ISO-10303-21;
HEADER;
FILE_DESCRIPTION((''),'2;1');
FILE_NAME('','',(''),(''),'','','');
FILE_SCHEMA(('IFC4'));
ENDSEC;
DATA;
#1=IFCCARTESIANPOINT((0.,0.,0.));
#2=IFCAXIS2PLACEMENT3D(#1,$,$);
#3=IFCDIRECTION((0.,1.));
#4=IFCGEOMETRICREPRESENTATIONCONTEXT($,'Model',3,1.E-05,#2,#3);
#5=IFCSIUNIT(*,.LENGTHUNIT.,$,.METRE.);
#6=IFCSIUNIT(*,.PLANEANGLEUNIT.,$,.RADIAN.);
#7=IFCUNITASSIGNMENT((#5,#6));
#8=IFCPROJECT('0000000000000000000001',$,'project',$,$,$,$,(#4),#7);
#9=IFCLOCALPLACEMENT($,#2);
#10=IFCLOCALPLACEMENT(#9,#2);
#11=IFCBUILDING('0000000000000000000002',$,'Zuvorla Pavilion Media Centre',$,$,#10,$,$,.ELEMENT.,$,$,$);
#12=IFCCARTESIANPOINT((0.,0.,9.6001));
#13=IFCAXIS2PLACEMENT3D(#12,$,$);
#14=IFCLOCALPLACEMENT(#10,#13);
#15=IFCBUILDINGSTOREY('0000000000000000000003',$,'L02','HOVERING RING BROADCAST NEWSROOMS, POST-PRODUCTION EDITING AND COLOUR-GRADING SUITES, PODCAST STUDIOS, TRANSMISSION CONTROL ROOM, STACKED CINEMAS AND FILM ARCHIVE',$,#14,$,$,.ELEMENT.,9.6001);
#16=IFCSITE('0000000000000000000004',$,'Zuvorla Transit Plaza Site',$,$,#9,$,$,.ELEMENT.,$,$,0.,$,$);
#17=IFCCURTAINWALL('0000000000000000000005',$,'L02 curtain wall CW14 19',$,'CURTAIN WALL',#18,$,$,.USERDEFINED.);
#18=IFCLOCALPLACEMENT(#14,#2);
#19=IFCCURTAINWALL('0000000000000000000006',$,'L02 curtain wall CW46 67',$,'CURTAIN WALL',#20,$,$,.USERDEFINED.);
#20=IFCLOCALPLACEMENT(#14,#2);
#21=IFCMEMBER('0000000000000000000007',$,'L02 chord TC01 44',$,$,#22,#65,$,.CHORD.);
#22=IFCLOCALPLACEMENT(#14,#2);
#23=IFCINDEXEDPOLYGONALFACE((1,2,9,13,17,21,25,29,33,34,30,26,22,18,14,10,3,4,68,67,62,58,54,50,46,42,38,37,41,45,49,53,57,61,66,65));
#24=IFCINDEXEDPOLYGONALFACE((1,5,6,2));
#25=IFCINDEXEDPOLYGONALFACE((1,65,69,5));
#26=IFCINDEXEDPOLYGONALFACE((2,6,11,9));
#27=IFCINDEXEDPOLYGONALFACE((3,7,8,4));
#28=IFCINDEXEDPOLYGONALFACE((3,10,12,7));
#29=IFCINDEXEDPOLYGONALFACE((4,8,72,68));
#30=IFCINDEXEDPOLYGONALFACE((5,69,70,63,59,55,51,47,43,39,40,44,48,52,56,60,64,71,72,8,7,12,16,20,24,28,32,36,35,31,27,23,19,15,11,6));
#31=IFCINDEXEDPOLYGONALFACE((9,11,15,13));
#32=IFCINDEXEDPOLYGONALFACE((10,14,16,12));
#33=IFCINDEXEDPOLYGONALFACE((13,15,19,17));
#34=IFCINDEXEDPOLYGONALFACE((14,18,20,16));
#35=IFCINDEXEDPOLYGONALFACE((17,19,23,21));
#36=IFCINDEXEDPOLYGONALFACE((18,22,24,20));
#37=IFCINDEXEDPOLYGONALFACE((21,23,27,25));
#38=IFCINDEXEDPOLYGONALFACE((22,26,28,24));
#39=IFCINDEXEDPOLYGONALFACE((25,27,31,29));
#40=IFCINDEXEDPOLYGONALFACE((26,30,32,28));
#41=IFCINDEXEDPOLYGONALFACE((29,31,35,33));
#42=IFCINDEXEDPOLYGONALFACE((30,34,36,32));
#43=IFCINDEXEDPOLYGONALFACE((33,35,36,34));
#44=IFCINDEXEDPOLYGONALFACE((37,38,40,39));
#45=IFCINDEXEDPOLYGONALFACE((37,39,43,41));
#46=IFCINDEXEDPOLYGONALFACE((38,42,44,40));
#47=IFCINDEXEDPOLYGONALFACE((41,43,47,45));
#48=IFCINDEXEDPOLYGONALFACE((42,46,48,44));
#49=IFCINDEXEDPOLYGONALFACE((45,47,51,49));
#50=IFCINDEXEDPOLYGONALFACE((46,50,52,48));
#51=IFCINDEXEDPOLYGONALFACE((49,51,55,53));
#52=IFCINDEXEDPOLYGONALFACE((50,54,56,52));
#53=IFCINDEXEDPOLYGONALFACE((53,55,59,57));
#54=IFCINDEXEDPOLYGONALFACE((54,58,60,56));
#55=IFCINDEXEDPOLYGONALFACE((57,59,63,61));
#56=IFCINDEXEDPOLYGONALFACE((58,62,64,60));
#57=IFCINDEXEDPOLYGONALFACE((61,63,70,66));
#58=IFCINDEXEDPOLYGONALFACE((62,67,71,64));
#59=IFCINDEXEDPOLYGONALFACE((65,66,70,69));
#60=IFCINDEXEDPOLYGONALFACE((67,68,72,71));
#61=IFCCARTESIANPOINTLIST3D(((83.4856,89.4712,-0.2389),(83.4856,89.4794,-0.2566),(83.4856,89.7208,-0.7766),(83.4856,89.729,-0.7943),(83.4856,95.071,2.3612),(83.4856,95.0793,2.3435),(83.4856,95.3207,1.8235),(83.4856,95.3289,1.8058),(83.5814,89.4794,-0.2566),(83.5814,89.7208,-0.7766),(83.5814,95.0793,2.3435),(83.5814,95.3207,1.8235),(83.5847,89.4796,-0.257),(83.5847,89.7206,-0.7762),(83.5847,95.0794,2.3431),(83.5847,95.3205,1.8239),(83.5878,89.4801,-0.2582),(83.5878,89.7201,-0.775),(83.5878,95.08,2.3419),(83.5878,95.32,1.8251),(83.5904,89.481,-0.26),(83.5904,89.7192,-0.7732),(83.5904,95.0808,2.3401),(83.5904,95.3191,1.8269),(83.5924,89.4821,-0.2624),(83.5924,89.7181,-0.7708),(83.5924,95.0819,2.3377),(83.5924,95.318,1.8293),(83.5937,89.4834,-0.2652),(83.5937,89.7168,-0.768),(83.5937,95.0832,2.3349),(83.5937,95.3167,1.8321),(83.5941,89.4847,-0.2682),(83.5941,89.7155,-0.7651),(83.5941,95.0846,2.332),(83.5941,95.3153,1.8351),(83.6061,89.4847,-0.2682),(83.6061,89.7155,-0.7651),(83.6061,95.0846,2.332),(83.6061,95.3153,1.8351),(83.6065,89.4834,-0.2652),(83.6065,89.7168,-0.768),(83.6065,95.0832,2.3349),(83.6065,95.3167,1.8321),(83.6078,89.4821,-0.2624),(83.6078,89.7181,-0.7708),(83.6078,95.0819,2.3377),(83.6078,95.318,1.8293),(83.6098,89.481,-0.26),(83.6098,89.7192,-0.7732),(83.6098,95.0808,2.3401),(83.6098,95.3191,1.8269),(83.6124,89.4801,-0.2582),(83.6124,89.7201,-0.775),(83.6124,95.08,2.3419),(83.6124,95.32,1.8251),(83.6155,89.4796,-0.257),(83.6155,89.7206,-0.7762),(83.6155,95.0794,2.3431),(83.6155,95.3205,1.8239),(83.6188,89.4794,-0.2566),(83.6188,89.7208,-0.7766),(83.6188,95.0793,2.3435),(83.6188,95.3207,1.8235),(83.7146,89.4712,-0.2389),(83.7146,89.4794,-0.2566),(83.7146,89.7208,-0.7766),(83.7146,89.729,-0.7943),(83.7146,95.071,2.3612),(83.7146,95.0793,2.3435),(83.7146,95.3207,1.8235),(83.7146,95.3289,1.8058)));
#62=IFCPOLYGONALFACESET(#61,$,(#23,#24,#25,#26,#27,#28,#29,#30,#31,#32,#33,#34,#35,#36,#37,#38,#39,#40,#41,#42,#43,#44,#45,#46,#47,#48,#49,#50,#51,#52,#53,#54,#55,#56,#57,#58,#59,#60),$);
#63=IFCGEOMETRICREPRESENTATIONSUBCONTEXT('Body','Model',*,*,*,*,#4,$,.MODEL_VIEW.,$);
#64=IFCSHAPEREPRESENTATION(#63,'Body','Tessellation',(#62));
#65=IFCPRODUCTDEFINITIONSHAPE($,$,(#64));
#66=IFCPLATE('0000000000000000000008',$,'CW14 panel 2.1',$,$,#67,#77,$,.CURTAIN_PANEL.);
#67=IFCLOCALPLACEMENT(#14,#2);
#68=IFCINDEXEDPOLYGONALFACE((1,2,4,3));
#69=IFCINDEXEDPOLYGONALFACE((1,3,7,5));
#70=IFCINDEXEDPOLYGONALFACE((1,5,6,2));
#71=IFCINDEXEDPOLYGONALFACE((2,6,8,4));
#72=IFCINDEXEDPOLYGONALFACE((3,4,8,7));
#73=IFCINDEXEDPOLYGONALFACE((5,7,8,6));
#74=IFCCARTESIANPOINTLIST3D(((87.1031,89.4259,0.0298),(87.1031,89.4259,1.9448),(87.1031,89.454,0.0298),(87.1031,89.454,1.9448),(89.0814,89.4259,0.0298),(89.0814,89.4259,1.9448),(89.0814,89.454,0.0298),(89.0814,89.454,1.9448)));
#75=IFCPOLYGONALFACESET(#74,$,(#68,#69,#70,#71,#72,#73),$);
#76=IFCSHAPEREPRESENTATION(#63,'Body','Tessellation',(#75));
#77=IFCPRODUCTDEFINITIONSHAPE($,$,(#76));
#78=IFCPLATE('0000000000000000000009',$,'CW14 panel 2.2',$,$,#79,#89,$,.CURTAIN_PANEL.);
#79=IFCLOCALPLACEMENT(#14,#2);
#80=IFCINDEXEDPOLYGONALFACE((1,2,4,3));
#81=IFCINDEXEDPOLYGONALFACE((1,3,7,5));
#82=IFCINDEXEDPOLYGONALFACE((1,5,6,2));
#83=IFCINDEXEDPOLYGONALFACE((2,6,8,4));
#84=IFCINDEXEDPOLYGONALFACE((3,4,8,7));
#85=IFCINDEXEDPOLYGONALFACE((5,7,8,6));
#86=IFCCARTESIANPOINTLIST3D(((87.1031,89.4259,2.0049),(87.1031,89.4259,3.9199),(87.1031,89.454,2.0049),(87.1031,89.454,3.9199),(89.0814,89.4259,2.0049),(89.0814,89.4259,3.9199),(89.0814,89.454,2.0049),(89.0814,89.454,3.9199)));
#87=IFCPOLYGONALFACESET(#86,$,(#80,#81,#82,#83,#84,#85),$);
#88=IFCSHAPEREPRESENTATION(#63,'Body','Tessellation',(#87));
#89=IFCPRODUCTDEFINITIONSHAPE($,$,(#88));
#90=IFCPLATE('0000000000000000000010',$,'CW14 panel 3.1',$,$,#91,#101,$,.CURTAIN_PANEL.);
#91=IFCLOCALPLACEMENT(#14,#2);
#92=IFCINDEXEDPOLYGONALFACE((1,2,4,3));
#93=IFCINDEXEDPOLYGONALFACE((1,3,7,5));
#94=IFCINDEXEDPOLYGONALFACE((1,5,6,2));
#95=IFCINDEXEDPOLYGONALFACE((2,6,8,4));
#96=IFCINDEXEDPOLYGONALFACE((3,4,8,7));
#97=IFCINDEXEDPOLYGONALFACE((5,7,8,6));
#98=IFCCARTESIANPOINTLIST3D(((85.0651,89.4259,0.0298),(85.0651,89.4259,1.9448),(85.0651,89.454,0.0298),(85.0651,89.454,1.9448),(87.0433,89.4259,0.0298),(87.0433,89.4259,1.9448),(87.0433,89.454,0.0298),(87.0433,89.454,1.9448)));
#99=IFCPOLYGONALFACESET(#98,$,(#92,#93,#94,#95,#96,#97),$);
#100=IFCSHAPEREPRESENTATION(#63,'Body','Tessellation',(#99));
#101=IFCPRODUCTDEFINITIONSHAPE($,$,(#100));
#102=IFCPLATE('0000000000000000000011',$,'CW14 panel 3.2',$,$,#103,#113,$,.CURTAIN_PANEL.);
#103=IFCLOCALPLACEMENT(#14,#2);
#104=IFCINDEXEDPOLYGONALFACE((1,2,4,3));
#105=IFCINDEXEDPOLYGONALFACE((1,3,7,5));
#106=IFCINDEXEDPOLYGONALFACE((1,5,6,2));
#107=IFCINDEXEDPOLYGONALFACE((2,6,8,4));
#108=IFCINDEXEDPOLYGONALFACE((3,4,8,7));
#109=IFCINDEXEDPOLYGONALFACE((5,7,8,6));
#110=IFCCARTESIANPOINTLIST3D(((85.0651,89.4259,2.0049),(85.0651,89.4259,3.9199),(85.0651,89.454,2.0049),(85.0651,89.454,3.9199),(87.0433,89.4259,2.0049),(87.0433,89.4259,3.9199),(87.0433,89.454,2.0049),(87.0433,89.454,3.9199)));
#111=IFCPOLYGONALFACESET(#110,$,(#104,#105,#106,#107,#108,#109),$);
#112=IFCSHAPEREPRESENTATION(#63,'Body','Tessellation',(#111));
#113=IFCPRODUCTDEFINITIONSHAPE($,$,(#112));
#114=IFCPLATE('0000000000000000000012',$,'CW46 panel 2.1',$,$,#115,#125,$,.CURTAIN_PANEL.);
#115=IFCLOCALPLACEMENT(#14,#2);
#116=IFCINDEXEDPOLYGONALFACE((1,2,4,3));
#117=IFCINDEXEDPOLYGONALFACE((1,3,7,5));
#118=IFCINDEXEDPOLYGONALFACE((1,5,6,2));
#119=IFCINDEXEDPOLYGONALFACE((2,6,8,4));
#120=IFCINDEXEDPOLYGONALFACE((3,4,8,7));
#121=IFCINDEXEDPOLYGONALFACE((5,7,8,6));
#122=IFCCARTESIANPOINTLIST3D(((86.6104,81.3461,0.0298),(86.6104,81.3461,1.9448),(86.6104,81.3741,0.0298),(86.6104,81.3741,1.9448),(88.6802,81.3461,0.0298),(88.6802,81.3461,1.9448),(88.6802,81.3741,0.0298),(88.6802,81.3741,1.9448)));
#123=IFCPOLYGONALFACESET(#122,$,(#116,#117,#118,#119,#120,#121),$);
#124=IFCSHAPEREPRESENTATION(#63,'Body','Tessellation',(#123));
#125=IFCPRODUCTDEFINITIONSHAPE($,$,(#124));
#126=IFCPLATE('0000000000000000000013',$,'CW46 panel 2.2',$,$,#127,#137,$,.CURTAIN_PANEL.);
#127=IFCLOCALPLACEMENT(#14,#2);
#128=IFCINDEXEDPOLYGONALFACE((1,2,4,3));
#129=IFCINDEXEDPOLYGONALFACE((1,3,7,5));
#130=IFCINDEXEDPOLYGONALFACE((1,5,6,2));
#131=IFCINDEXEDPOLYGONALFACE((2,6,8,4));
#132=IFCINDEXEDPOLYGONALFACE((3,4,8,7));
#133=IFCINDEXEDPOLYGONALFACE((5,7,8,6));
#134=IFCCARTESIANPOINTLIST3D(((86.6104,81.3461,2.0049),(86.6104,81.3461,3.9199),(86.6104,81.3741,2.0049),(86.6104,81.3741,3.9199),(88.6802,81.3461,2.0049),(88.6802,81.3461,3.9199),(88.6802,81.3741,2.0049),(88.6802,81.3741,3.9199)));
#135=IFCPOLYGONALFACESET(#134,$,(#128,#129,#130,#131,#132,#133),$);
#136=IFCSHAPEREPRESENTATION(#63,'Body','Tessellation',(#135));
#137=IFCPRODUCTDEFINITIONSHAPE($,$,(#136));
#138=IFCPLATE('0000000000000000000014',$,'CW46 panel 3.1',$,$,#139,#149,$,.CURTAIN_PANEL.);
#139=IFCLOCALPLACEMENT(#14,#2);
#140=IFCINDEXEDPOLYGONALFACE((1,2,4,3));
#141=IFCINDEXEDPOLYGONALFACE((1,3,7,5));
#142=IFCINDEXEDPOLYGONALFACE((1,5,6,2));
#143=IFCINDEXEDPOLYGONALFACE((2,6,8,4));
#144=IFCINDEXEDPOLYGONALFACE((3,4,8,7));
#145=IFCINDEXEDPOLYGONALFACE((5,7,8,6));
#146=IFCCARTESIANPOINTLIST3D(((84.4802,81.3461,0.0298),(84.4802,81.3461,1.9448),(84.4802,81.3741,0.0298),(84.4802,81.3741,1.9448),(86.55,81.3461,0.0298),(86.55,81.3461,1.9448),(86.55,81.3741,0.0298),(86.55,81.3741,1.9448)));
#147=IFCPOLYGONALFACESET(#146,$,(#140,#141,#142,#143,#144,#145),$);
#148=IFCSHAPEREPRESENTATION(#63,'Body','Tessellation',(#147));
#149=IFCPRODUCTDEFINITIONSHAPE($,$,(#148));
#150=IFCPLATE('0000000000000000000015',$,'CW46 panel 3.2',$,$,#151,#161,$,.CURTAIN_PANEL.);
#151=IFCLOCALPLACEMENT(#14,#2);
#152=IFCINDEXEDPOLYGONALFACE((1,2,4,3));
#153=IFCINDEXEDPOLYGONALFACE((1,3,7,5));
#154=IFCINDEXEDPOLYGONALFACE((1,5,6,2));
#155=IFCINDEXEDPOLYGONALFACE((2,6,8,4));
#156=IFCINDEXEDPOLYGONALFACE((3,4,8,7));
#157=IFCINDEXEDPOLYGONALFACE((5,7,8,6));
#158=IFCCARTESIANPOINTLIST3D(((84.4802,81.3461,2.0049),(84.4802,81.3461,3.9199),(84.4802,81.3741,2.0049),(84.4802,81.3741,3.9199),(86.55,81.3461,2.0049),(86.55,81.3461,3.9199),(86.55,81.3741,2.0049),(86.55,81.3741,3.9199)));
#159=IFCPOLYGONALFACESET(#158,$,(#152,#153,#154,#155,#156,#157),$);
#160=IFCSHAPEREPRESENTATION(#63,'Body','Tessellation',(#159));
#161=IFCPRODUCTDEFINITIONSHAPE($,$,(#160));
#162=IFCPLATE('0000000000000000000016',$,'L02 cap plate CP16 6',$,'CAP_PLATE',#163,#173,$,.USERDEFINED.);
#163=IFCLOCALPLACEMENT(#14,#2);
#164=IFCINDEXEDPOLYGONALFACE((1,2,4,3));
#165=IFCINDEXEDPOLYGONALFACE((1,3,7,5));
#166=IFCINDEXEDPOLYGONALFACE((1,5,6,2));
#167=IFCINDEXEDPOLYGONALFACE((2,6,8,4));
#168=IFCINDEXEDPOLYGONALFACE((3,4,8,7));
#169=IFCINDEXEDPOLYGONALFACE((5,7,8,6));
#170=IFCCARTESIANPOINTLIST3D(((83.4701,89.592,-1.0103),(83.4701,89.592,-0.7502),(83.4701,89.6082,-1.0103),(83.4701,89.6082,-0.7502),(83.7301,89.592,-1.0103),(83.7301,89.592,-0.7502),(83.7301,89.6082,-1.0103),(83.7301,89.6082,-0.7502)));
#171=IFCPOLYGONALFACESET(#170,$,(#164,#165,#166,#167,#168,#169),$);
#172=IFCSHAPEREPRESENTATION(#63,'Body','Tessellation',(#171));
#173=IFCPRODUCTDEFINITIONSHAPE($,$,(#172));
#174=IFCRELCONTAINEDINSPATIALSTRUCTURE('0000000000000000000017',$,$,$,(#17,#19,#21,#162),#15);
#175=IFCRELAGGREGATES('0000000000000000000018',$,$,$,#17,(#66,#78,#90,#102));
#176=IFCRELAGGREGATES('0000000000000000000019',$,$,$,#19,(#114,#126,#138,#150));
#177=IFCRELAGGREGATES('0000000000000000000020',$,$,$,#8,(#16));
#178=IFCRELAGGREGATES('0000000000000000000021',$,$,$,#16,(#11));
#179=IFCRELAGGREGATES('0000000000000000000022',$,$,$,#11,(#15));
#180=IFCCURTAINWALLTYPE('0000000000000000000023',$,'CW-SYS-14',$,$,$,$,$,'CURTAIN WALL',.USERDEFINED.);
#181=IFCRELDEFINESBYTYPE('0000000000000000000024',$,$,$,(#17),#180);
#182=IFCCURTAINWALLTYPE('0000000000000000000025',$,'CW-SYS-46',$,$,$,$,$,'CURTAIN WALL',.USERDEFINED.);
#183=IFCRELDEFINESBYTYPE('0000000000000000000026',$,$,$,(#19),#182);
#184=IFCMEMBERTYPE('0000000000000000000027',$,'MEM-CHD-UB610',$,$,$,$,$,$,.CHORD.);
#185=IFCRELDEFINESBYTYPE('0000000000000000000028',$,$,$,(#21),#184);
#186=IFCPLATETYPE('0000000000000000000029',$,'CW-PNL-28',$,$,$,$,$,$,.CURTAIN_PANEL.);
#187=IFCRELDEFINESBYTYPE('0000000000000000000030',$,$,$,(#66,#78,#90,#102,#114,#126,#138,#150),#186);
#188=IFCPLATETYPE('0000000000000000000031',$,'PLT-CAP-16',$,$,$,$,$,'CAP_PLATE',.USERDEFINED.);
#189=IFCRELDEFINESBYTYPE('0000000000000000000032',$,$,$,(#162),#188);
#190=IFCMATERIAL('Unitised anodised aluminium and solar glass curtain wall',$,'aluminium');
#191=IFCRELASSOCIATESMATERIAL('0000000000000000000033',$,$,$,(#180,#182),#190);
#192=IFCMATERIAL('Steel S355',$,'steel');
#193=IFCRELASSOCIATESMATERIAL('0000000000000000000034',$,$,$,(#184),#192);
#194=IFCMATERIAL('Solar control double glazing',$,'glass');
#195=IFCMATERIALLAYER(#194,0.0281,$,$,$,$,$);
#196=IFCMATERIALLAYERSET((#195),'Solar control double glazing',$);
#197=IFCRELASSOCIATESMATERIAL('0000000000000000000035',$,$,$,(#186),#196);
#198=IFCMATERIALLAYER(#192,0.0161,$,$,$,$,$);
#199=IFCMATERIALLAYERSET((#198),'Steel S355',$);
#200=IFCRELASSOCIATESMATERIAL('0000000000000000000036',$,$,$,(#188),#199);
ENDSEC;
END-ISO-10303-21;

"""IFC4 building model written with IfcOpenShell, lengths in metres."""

from ifc_helpers import new_model, si_unit, direction, frame, origin, origin_2d, place, context, subcontext, project, spatial, rectangle, i_section, extrude, material, layer, layer_set, material_profile, profile_set, type_object, element, aggregate, save


model = new_model("IFC4")

# Units and contexts
model_context = context("Model", 3, precision=1e-05, world=origin(), true_north=direction((0.0, 1.0)))
body_context = subcontext(model_context, "Body", "Model", "MODEL_VIEW")
ifc_project = project(units=[si_unit("LENGTHUNIT", "METRE"), si_unit("PLANEANGLEUNIT", "RADIAN")], contexts=[model_context])

# Site, building, storey
site_placement = place(None, origin())
site = spatial("IfcSite", under=ifc_project, at=site_placement, Name="Zuvorla Transit Plaza Site", CompositionType="ELEMENT", RefElevation=0.0)
building_placement = place(site_placement, origin())
building = spatial("IfcBuilding", under=site, at=building_placement, Name="Zuvorla Pavilion Media Centre", CompositionType="ELEMENT")
storey_placement = place(building_placement, frame((0.0, 0.0, 9.6001)))
storey = spatial("IfcBuildingStorey", under=building, at=storey_placement, Name="L02", Description="HOVERING RING BROADCAST NEWSROOMS, POST-PRODUCTION EDITING AND COLOUR-GRADING SUITES, PODCAST STUDIOS, TRANSMISSION CONTROL ROOM, STACKED CINEMAS AND FILM ARCHIVE", CompositionType="ELEMENT", Elevation=9.6001)

# Shared definitions
ifc_material_1 = material(Name="Steel S355", Category="steel")

# Curtain walls
ifc_material_2 = material(Name="Unitised anodised aluminium and solar glass curtain wall", Category="aluminium")
curtain_wall_type_1 = type_object("IfcCurtainWallType", Name="CW-SYS-14", ElementType="CURTAIN WALL", PredefinedType="USERDEFINED", material=ifc_material_2)
curtain_wall_1_placement = place(storey_placement, origin())
curtain_wall_1 = element("IfcCurtainWall", 1, at=curtain_wall_1_placement, inside=storey, type_object=curtain_wall_type_1, Name="L02 curtain wall CW14 19", ObjectType="CURTAIN WALL", PredefinedType="USERDEFINED")
curtain_wall_type_2 = type_object("IfcCurtainWallType", Name="CW-SYS-46", ElementType="CURTAIN WALL", PredefinedType="USERDEFINED", material=ifc_material_2)
curtain_wall_2_placement = place(storey_placement, origin())
curtain_wall_2 = element("IfcCurtainWall", 2, at=curtain_wall_2_placement, inside=storey, type_object=curtain_wall_type_2, Name="L02 curtain wall CW46 67", ObjectType="CURTAIN WALL", PredefinedType="USERDEFINED")

# Member
ifc_material_profile_1 = material_profile(ifc_material_1, i_section(OverallWidth=0.229, OverallDepth=0.6123, WebThickness=0.012, FlangeThickness=0.0195, FilletRadius=0.0127, at=origin_2d()), Name="UB 610x229x125")
ifc_profile_set_1 = profile_set([ifc_material_profile_1], Name="Steel S355")
member_type_1 = type_object("IfcMemberType", Name="MEM-CHD-UB610", PredefinedType="CHORD", material=ifc_profile_set_1)
member_1_placement = place(storey_placement, frame((83.6001, 89.6001, -0.5166), z_axis=(0.0, 0.906999, 0.421133), x_axis=(-1.0, 0.0, 0.0)))
element("IfcMember", 3, at=member_1_placement, inside=storey, type_object=member_type_1, Name="L02 chord TC01 44", PredefinedType="CHORD", context=body_context, shape_type="SweptSolid", body=[
    extrude(i_section(OverallWidth=0.229, OverallDepth=0.6123, WebThickness=0.012, FlangeThickness=0.0195, FilletRadius=0.0127, at=origin_2d()), origin(), (0.0, 0.0, 1.0), 6.1741),
])

# Plates
ifc_material_3 = material(Name="Solar control double glazing", Category="glass")
ifc_layer_1 = layer(ifc_material_3, 0.0281)
ifc_layer_set_1 = layer_set([ifc_layer_1], Name="Solar control double glazing")
plate_type_1 = type_object("IfcPlateType", Name="CW-PNL-28", PredefinedType="CURTAIN_PANEL", material=ifc_layer_set_1)
plate_1_placement = place(storey_placement, frame((88.0923, 89.4399, 0.0298), z_axis=(0.0, 0.0, 1.0), x_axis=(-1.0, 0.0, 0.0)))
plate_1 = element("IfcPlate", 4, at=plate_1_placement, type_object=plate_type_1, Name="CW14 panel 2.1", PredefinedType="CURTAIN_PANEL", context=body_context, shape_type="SweptSolid", body=[
    extrude(rectangle(XDim=1.9783, YDim=0.0281, at=origin_2d()), origin(), (0.0, 0.0, 1.0), 1.915),
])
plate_2_placement = place(storey_placement, frame((88.0923, 89.4399, 2.0049), z_axis=(0.0, 0.0, 1.0), x_axis=(-1.0, 0.0, 0.0)))
plate_2 = element("IfcPlate", 5, at=plate_2_placement, type_object=plate_type_1, Name="CW14 panel 2.2", PredefinedType="CURTAIN_PANEL", context=body_context, shape_type="SweptSolid", body=[
    extrude(rectangle(XDim=1.9783, YDim=0.0281, at=origin_2d()), origin(), (0.0, 0.0, 1.0), 1.915),
])
plate_3_placement = place(storey_placement, frame((86.0542, 89.4399, 0.0298), z_axis=(0.0, 0.0, 1.0), x_axis=(-1.0, 0.0, 0.0)))
plate_3 = element("IfcPlate", 6, at=plate_3_placement, type_object=plate_type_1, Name="CW14 panel 3.1", PredefinedType="CURTAIN_PANEL", context=body_context, shape_type="SweptSolid", body=[
    extrude(rectangle(XDim=1.9783, YDim=0.0281, at=origin_2d()), origin(), (0.0, 0.0, 1.0), 1.915),
])
plate_4_placement = place(storey_placement, frame((86.0542, 89.4399, 2.0049), z_axis=(0.0, 0.0, 1.0), x_axis=(-1.0, 0.0, 0.0)))
plate_4 = element("IfcPlate", 7, at=plate_4_placement, type_object=plate_type_1, Name="CW14 panel 3.2", PredefinedType="CURTAIN_PANEL", context=body_context, shape_type="SweptSolid", body=[
    extrude(rectangle(XDim=1.9783, YDim=0.0281, at=origin_2d()), origin(), (0.0, 0.0, 1.0), 1.915),
])
aggregate(curtain_wall_1, [plate_1, plate_2, plate_3, plate_4])
plate_5_placement = place(storey_placement, frame((87.6453, 81.3601, 0.0298), z_axis=(0.0, 0.0, 1.0), x_axis=(-1.0, 0.0, 0.0)))
plate_5 = element("IfcPlate", 8, at=plate_5_placement, type_object=plate_type_1, Name="CW46 panel 2.1", PredefinedType="CURTAIN_PANEL", context=body_context, shape_type="SweptSolid", body=[
    extrude(rectangle(XDim=2.0698, YDim=0.0281, at=origin_2d()), origin(), (0.0, 0.0, 1.0), 1.915),
])
plate_6_placement = place(storey_placement, frame((87.6453, 81.3601, 2.0049), z_axis=(0.0, 0.0, 1.0), x_axis=(-1.0, 0.0, 0.0)))
plate_6 = element("IfcPlate", 9, at=plate_6_placement, type_object=plate_type_1, Name="CW46 panel 2.2", PredefinedType="CURTAIN_PANEL", context=body_context, shape_type="SweptSolid", body=[
    extrude(rectangle(XDim=2.0698, YDim=0.0281, at=origin_2d()), origin(), (0.0, 0.0, 1.0), 1.915),
])
plate_7_placement = place(storey_placement, frame((85.5151, 81.3601, 0.0298), z_axis=(0.0, 0.0, 1.0), x_axis=(-1.0, 0.0, 0.0)))
plate_7 = element("IfcPlate", 10, at=plate_7_placement, type_object=plate_type_1, Name="CW46 panel 3.1", PredefinedType="CURTAIN_PANEL", context=body_context, shape_type="SweptSolid", body=[
    extrude(rectangle(XDim=2.0698, YDim=0.0281, at=origin_2d()), origin(), (0.0, 0.0, 1.0), 1.915),
])
plate_8_placement = place(storey_placement, frame((85.5151, 81.3601, 2.0049), z_axis=(0.0, 0.0, 1.0), x_axis=(-1.0, 0.0, 0.0)))
plate_8 = element("IfcPlate", 11, at=plate_8_placement, type_object=plate_type_1, Name="CW46 panel 3.2", PredefinedType="CURTAIN_PANEL", context=body_context, shape_type="SweptSolid", body=[
    extrude(rectangle(XDim=2.0698, YDim=0.0281, at=origin_2d()), origin(), (0.0, 0.0, 1.0), 1.915),
])
aggregate(curtain_wall_2, [plate_5, plate_6, plate_7, plate_8])
ifc_layer_2 = layer(ifc_material_1, 0.0161)
ifc_layer_set_2 = layer_set([ifc_layer_2], Name="Steel S355")
plate_type_2 = type_object("IfcPlateType", Name="PLT-CAP-16", ElementType="CAP_PLATE", PredefinedType="USERDEFINED", material=ifc_layer_set_2)
plate_9_placement = place(storey_placement, frame((83.6001, 89.6001, -1.0103), z_axis=(0.0, 0.0, 1.0), x_axis=(1.0, 0.0, 0.0)))
element("IfcPlate", 12, at=plate_9_placement, inside=storey, type_object=plate_type_2, Name="L02 cap plate CP16 6", ObjectType="CAP_PLATE", PredefinedType="USERDEFINED", context=body_context, shape_type="SweptSolid", body=[
    extrude(rectangle(XDim=0.26, YDim=0.0161, at=origin_2d()), origin(), (0.0, 0.0, 1.0), 0.26),
])

save(model, "model.ifc")
